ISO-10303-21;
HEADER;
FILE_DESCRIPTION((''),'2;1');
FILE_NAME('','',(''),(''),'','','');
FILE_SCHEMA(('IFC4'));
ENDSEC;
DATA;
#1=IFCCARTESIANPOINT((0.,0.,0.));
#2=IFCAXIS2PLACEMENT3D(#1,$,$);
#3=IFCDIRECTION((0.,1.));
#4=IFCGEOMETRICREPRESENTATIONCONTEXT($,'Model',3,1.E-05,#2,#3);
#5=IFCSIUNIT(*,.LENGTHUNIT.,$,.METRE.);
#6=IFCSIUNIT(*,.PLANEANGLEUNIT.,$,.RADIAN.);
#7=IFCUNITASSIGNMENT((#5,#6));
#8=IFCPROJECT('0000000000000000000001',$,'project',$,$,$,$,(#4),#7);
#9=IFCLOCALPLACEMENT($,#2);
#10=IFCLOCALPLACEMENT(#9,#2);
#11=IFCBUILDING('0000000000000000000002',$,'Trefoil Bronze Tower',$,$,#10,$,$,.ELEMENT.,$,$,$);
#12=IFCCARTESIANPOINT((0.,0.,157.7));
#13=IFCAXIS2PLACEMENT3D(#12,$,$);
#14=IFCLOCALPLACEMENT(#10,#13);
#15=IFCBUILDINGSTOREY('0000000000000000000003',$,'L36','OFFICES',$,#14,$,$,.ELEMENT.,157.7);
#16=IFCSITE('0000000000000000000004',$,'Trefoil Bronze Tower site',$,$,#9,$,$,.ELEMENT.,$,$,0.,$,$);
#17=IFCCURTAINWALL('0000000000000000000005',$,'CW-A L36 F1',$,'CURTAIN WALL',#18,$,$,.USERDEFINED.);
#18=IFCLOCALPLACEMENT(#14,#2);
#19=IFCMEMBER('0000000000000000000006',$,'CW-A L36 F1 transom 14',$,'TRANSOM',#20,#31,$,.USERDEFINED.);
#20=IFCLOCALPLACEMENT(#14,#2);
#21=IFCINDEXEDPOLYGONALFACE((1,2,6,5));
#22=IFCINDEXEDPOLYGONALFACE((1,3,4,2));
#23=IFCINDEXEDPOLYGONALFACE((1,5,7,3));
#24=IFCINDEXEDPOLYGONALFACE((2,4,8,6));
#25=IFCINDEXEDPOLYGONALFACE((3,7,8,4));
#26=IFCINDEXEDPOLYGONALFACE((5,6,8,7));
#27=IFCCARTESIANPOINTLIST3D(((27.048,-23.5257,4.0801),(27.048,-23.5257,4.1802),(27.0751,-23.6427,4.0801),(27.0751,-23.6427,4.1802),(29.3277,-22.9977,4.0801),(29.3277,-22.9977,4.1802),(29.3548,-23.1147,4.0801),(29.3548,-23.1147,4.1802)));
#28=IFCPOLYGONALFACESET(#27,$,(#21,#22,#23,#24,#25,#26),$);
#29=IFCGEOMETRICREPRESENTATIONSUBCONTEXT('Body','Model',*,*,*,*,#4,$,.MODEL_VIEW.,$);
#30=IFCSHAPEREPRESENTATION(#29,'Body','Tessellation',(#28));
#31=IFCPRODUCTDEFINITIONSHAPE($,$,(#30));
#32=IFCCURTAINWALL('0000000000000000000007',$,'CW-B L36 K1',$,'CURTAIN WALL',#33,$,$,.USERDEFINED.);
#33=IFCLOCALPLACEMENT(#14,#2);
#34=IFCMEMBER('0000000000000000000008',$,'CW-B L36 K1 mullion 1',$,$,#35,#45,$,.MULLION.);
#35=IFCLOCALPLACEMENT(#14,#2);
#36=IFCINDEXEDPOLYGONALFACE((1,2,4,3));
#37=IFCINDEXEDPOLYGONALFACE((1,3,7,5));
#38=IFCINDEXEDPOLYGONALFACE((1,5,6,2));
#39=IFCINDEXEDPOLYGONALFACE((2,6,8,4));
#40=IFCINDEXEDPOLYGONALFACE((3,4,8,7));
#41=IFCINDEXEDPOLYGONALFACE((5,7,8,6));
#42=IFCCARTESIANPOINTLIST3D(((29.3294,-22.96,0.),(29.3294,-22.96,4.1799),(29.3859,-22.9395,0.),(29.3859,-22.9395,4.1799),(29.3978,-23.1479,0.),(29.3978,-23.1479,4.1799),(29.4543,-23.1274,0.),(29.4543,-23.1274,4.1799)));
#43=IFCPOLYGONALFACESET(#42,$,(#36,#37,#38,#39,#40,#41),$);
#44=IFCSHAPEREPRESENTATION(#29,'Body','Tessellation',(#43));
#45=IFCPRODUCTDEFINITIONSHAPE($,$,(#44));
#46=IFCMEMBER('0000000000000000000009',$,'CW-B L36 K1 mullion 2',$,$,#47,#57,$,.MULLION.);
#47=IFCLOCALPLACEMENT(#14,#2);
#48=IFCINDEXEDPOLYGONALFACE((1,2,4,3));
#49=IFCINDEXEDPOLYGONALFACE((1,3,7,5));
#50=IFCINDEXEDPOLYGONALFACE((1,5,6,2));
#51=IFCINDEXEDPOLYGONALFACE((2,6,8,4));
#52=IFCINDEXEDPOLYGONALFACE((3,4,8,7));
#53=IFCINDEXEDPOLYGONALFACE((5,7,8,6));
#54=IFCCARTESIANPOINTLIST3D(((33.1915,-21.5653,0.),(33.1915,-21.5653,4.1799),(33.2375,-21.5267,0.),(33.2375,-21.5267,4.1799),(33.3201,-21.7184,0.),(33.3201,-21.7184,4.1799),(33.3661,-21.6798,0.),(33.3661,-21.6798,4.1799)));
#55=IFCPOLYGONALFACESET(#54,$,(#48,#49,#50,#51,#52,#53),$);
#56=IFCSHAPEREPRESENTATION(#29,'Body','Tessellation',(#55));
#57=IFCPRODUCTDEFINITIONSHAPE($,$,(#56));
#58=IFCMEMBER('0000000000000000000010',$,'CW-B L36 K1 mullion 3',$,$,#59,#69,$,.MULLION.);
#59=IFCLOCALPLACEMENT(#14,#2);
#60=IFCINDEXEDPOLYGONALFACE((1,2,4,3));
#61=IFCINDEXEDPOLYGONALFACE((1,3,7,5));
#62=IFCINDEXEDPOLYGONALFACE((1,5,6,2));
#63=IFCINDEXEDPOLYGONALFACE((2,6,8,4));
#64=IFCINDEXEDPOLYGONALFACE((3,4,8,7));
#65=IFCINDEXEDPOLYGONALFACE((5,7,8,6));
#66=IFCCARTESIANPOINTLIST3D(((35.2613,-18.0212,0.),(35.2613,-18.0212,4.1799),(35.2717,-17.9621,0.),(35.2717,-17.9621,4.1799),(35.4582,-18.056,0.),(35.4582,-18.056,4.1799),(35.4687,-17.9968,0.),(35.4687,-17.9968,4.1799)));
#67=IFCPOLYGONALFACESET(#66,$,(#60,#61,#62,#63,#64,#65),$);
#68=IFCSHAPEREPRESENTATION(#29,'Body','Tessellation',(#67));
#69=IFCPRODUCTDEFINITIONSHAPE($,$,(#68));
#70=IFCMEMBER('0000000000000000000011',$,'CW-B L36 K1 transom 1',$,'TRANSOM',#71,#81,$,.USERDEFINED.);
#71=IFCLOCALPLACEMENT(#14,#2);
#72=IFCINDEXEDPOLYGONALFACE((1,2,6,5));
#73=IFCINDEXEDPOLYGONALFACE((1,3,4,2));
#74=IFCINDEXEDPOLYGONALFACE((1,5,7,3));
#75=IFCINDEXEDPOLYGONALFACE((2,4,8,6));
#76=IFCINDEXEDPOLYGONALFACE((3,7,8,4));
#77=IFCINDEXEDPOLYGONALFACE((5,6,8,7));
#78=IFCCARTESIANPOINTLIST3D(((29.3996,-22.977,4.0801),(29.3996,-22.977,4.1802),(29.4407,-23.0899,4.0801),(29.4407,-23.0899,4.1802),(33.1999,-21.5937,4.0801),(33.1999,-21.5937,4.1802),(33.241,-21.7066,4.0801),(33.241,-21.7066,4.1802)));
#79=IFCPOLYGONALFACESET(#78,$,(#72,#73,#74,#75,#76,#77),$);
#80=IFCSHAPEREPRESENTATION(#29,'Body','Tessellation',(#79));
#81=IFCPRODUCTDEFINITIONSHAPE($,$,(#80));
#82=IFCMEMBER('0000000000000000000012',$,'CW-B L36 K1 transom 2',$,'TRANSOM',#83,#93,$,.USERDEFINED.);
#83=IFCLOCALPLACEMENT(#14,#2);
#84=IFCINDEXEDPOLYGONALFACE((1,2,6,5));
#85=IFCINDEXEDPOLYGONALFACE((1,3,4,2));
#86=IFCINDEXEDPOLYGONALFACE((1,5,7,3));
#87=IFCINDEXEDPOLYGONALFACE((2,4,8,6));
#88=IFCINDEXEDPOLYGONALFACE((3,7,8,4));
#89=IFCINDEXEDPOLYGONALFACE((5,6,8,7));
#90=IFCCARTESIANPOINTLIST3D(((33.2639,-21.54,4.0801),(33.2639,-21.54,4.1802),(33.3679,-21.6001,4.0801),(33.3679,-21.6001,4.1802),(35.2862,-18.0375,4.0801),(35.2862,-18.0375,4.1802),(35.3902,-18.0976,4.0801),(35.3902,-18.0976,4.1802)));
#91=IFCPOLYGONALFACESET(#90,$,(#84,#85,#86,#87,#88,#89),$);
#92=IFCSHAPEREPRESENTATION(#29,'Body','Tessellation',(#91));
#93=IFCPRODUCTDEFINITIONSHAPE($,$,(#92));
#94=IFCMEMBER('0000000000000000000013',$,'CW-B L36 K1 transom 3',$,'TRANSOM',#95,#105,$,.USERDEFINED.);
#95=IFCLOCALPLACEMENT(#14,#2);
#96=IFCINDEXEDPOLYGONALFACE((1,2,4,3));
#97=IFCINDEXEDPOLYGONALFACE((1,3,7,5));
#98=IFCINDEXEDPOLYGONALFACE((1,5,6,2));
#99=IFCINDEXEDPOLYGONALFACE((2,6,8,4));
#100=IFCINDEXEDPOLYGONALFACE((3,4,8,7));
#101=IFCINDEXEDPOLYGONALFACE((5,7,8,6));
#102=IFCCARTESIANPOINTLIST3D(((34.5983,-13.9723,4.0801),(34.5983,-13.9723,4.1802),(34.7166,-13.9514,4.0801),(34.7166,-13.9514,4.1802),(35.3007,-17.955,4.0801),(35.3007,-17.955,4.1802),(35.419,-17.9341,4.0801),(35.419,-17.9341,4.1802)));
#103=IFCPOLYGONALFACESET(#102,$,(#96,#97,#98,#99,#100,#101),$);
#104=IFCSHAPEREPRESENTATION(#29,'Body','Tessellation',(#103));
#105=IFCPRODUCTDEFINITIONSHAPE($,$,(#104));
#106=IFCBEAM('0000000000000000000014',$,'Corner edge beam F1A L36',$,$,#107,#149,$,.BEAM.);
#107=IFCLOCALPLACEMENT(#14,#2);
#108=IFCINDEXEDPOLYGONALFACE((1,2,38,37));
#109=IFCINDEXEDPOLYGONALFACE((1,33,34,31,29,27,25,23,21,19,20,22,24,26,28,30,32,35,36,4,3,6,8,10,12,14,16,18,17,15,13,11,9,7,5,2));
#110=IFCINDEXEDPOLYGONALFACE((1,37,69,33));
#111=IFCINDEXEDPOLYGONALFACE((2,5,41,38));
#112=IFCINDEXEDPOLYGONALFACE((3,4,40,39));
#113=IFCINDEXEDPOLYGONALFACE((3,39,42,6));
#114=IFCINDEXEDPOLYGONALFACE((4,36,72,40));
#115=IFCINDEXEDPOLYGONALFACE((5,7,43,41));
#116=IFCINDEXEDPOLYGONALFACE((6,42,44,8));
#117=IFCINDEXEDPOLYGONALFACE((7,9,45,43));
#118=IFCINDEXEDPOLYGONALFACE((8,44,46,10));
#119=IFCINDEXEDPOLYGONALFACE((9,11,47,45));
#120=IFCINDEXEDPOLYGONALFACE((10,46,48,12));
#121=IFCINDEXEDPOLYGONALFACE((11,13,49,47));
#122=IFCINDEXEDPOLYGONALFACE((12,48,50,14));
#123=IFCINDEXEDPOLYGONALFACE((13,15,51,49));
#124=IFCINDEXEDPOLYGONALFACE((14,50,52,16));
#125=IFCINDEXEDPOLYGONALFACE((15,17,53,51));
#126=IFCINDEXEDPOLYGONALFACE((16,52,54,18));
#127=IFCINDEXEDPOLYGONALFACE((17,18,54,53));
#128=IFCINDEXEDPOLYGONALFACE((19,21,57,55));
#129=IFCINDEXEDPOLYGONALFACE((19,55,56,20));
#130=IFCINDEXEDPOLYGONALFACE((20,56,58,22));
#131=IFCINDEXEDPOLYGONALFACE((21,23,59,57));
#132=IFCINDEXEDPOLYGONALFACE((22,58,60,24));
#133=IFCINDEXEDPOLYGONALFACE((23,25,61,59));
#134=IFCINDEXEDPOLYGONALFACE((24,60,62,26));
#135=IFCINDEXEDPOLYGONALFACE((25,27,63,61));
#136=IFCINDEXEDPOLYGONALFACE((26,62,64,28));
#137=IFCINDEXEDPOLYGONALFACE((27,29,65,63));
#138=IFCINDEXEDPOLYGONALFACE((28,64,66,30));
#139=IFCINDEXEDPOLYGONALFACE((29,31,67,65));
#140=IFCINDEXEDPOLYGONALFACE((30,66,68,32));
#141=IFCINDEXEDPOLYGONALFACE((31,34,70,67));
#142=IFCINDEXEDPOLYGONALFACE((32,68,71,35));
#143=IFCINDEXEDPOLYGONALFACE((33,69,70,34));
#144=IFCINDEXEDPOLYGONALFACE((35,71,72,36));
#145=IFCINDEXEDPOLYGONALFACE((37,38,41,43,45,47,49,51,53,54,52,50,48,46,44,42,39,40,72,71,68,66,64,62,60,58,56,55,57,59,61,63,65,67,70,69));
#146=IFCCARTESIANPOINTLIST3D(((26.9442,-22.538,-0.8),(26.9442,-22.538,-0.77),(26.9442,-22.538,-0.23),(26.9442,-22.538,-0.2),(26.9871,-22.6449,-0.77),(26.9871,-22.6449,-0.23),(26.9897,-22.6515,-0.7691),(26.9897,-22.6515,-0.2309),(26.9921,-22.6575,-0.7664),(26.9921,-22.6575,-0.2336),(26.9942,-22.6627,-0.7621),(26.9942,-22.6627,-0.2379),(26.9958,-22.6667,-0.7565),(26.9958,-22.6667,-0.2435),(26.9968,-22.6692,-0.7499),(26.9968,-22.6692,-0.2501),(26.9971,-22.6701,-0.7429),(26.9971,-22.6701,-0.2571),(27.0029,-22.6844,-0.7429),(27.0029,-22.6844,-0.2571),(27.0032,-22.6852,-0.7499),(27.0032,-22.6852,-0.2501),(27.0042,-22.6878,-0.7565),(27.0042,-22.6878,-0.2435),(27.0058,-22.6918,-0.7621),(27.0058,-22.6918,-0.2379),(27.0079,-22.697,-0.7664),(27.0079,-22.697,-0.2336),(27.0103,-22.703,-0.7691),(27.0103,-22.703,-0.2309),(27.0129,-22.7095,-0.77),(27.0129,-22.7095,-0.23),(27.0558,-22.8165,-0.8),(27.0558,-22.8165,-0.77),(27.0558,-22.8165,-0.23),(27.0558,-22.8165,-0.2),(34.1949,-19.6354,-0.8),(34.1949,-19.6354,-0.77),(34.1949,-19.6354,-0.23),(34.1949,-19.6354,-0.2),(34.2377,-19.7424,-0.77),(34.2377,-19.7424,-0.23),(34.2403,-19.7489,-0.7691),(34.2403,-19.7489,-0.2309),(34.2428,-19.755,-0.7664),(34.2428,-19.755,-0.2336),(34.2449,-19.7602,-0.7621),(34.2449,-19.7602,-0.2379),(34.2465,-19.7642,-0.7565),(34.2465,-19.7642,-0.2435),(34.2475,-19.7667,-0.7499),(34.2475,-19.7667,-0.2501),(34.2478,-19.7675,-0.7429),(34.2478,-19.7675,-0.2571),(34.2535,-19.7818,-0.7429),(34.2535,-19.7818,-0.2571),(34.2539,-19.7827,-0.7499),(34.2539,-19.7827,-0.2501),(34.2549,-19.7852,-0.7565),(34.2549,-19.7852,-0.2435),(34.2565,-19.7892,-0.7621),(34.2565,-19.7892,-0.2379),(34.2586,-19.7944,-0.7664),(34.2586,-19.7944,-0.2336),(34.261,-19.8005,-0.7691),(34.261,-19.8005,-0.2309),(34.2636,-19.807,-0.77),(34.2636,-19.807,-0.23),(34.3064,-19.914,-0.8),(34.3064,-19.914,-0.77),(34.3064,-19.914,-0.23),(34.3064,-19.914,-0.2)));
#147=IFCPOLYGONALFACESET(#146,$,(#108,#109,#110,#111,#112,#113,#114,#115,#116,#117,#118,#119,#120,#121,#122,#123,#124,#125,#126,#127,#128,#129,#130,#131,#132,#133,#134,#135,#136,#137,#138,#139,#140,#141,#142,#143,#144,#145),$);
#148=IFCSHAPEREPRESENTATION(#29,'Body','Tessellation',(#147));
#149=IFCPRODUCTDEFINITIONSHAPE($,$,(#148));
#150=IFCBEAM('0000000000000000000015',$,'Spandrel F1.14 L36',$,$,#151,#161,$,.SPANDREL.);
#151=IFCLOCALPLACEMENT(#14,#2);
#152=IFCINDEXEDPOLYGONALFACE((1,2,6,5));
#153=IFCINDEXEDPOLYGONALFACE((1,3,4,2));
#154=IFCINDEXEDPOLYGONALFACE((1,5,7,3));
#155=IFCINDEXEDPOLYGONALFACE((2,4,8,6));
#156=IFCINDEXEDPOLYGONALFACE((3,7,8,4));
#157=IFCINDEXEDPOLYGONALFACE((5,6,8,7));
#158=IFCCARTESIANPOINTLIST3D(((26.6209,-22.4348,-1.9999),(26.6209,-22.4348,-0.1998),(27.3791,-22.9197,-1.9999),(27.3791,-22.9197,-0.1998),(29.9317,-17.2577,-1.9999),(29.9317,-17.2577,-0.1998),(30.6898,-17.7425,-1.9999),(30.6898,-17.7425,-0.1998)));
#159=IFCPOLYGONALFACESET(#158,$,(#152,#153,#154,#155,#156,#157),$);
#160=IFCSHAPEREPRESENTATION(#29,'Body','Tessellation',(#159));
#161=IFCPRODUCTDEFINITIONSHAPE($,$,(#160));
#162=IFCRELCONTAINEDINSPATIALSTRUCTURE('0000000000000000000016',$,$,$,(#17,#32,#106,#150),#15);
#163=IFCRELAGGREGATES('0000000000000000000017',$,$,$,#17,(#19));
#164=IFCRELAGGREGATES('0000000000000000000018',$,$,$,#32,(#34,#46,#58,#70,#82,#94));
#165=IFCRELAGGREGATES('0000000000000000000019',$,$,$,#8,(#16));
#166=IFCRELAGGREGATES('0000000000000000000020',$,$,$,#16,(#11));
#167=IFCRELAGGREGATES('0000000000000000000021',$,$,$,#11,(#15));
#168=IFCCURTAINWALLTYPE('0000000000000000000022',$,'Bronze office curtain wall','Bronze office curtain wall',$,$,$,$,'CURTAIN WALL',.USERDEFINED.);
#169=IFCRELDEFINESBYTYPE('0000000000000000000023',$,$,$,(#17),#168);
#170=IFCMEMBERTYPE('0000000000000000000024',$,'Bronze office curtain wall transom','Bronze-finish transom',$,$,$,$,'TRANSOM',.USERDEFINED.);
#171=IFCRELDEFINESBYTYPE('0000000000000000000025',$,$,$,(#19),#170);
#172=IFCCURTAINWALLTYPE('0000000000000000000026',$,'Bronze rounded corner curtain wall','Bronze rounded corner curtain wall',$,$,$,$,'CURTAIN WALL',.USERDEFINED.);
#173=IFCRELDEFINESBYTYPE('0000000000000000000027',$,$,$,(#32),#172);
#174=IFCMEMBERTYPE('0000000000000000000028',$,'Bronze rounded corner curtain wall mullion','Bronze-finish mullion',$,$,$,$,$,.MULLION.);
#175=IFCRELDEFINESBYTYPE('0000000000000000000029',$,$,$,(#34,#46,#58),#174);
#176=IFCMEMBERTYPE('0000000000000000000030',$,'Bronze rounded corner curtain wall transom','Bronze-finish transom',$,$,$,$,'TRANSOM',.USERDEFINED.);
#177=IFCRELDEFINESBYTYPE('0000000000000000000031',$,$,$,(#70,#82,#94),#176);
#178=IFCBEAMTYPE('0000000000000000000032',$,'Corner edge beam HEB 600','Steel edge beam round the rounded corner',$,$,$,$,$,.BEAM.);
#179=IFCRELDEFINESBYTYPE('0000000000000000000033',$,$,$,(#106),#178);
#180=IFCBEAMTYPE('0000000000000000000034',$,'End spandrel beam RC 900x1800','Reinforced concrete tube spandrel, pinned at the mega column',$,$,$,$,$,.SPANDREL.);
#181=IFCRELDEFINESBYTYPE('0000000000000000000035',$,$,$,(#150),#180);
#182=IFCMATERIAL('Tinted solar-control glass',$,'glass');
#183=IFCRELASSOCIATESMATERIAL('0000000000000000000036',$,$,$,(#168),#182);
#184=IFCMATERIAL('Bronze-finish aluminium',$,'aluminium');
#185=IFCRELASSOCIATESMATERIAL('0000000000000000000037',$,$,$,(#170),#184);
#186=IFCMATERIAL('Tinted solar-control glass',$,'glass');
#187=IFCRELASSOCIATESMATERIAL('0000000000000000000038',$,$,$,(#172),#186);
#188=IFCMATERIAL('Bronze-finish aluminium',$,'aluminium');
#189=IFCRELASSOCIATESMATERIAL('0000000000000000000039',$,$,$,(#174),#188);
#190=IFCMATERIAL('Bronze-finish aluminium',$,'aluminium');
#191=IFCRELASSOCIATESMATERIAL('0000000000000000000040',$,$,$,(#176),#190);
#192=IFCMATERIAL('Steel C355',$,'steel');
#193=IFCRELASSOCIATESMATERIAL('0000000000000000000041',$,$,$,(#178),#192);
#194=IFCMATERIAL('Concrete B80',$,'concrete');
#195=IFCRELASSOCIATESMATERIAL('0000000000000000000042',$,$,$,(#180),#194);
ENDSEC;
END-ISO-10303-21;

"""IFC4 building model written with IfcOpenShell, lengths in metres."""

from ifc_helpers import new_model, si_unit, direction, frame, origin, origin_2d, place, context, subcontext, project, spatial, rectangle, i_section, extrude, material, material_profile, profile_set, type_object, element, aggregate, save


model = new_model("IFC4")

# Units and contexts
model_context = context("Model", 3, precision=1e-05, world=origin(), true_north=direction((0.0, 1.0)))
body_context = subcontext(model_context, "Body", "Model", "MODEL_VIEW")
ifc_project = project(units=[si_unit("LENGTHUNIT", "METRE"), si_unit("PLANEANGLEUNIT", "RADIAN")], contexts=[model_context])

# Site, building, storey
site_placement = place(None, origin())
site = spatial("IfcSite", under=ifc_project, at=site_placement, Name="Trefoil Bronze Tower site", CompositionType="ELEMENT", RefElevation=0.0)
building_placement = place(site_placement, origin())
building = spatial("IfcBuilding", under=site, at=building_placement, Name="Trefoil Bronze Tower", CompositionType="ELEMENT")
storey_placement = place(building_placement, frame((0.0, 0.0, 157.7)))
storey = spatial("IfcBuildingStorey", under=building, at=storey_placement, Name="L36", Description="OFFICES", CompositionType="ELEMENT", Elevation=157.7)

# Curtain walls, members
ifc_material_1 = material(Name="Tinted solar-control glass", Category="glass")
curtain_wall_type_1 = type_object("IfcCurtainWallType", Name="Bronze office curtain wall", Description="Bronze office curtain wall", ElementType="CURTAIN WALL", PredefinedType="USERDEFINED", material=ifc_material_1)
curtain_wall_1_placement = place(storey_placement, origin())
curtain_wall_1 = element("IfcCurtainWall", 1, at=curtain_wall_1_placement, inside=storey, type_object=curtain_wall_type_1, Name="CW-A L36 F1", ObjectType="CURTAIN WALL", PredefinedType="USERDEFINED")
ifc_material_2 = material(Name="Bronze-finish aluminium", Category="aluminium")
ifc_material_profile_1 = material_profile(ifc_material_2, rectangle(XDim=0.1201, YDim=0.1001, at=origin_2d()), Name="CW-A transom")
ifc_profile_set_1 = profile_set([ifc_material_profile_1], Name="Bronze-finish aluminium")
member_type_1 = type_object("IfcMemberType", Name="Bronze office curtain wall transom", Description="Bronze-finish transom", ElementType="TRANSOM", PredefinedType="USERDEFINED", material=ifc_profile_set_1)
member_1_placement = place(storey_placement, frame((27.0615, -23.5842, 4.1301), z_axis=(0.974206, 0.225659, 0.0), x_axis=(-0.225659, 0.974206, 0.0)))
member_1 = element("IfcMember", 2, at=member_1_placement, type_object=member_type_1, Name="CW-A L36 F1 transom 14", ObjectType="TRANSOM", PredefinedType="USERDEFINED", context=body_context, shape_type="SweptSolid", body=[
    extrude(rectangle(XDim=0.1201, YDim=0.1001, at=origin_2d()), origin(), (0.0, 0.0, 1.0), 2.3401),
])
ifc_material_3 = material(Name="Tinted solar-control glass", Category="glass")
curtain_wall_type_2 = type_object("IfcCurtainWallType", Name="Bronze rounded corner curtain wall", Description="Bronze rounded corner curtain wall", ElementType="CURTAIN WALL", PredefinedType="USERDEFINED", material=ifc_material_3)
curtain_wall_2_placement = place(storey_placement, origin())
curtain_wall_2 = element("IfcCurtainWall", 3, at=curtain_wall_2_placement, inside=storey, type_object=curtain_wall_type_2, Name="CW-B L36 K1", ObjectType="CURTAIN WALL", PredefinedType="USERDEFINED")
ifc_material_4 = material(Name="Bronze-finish aluminium", Category="aluminium")
ifc_material_profile_2 = material_profile(ifc_material_4, rectangle(XDim=0.2, YDim=0.0601, at=origin_2d()), Name="CW-B mullion")
ifc_profile_set_2 = profile_set([ifc_material_profile_2], Name="Bronze-finish aluminium")
member_type_2 = type_object("IfcMemberType", Name="Bronze rounded corner curtain wall mullion", Description="Bronze-finish mullion", PredefinedType="MULLION", material=ifc_profile_set_2)
member_2_placement = place(storey_placement, frame((29.3918, -23.0437, 0.0), z_axis=(0.0, 0.0, 1.0), x_axis=(-0.34202, 0.939693, 0.0)))
member_2 = element("IfcMember", 4, at=member_2_placement, type_object=member_type_2, Name="CW-B L36 K1 mullion 1", PredefinedType="MULLION", context=body_context, shape_type="SweptSolid", body=[
    extrude(rectangle(XDim=0.2, YDim=0.0601, at=origin_2d()), origin(), (0.0, 0.0, 1.0), 4.1799),
])
member_3_placement = place(storey_placement, frame((33.2788, -21.6226, 0.0), z_axis=(0.0, 0.0, 1.0), x_axis=(-0.642788, 0.766044, 0.0)))
member_3 = element("IfcMember", 5, at=member_3_placement, type_object=member_type_2, Name="CW-B L36 K1 mullion 2", PredefinedType="MULLION", context=body_context, shape_type="SweptSolid", body=[
    extrude(rectangle(XDim=0.2, YDim=0.0601, at=origin_2d()), origin(), (0.0, 0.0, 1.0), 4.1799),
])
member_4_placement = place(storey_placement, frame((35.365, -18.009, 0.0), z_axis=(0.0, 0.0, 1.0), x_axis=(-0.984808, 0.173648, 0.0)))
member_4 = element("IfcMember", 6, at=member_4_placement, type_object=member_type_2, Name="CW-B L36 K1 mullion 3", PredefinedType="MULLION", context=body_context, shape_type="SweptSolid", body=[
    extrude(rectangle(XDim=0.2, YDim=0.0601, at=origin_2d()), origin(), (0.0, 0.0, 1.0), 4.1799),
])
ifc_material_5 = material(Name="Bronze-finish aluminium", Category="aluminium")
ifc_material_profile_3 = material_profile(ifc_material_5, rectangle(XDim=0.1201, YDim=0.1001, at=origin_2d()), Name="CW-B transom")
ifc_profile_set_3 = profile_set([ifc_material_profile_3], Name="Bronze-finish aluminium")
member_type_3 = type_object("IfcMemberType", Name="Bronze rounded corner curtain wall transom", Description="Bronze-finish transom", ElementType="TRANSOM", PredefinedType="USERDEFINED", material=ifc_profile_set_3)
member_5_placement = place(storey_placement, frame((29.4202, -23.0334, 4.1301), z_axis=(0.939684, 0.342044, 0.0), x_axis=(-0.342044, 0.939684, 0.0)))
member_5 = element("IfcMember", 7, at=member_5_placement, type_object=member_type_3, Name="CW-B L36 K1 transom 1", ObjectType="TRANSOM", PredefinedType="USERDEFINED", context=body_context, shape_type="SweptSolid", body=[
    extrude(rectangle(XDim=0.1201, YDim=0.1001, at=origin_2d()), origin(), (0.0, 0.0, 1.0), 4.0442),
])
member_6_placement = place(storey_placement, frame((33.3159, -21.5701, 4.1301), z_axis=(0.500015, 0.866017, 0.0), x_axis=(-0.866017, 0.500015, 0.0)))
member_6 = element("IfcMember", 8, at=member_6_placement, type_object=member_type_3, Name="CW-B L36 K1 transom 2", ObjectType="TRANSOM", PredefinedType="USERDEFINED", context=body_context, shape_type="SweptSolid", body=[
    extrude(rectangle(XDim=0.1201, YDim=0.1001, at=origin_2d()), origin(), (0.0, 0.0, 1.0), 4.0444),
])
member_7_placement = place(storey_placement, frame((35.3599, -17.9446, 4.1301), z_axis=(-0.173682, 0.984802, 0.0), x_axis=(-0.984802, -0.173682, 0.0)))
member_7 = element("IfcMember", 9, at=member_7_placement, type_object=member_type_3, Name="CW-B L36 K1 transom 3", ObjectType="TRANSOM", PredefinedType="USERDEFINED", context=body_context, shape_type="SweptSolid", body=[
    extrude(rectangle(XDim=0.1201, YDim=0.1001, at=origin_2d()), origin(), (0.0, 0.0, 1.0), 4.0442),
])

# Beams
ifc_material_6 = material(Name="Steel C355", Category="steel")
ifc_material_profile_4 = material_profile(ifc_material_6, i_section(OverallWidth=0.3, OverallDepth=0.6001, WebThickness=0.0154, FlangeThickness=0.03, FilletRadius=0.0271, at=origin_2d()), Name="HEB 600")
ifc_profile_set_4 = profile_set([ifc_material_profile_4], Name="Steel C355")
beam_type_1 = type_object("IfcBeamType", Name="Corner edge beam HEB 600", Description="Steel edge beam round the rounded corner", PredefinedType="BEAM", material=ifc_profile_set_4)
beam_1_placement = place(storey_placement, frame((27.0, -22.6772, -0.5), z_axis=(0.928375, 0.371644, 0.0), x_axis=(-0.371644, 0.928375, 0.0)))
element("IfcBeam", 10, at=beam_1_placement, inside=storey, type_object=beam_type_1, Name="Corner edge beam F1A L36", PredefinedType="BEAM", context=body_context, shape_type="SweptSolid", body=[
    extrude(i_section(OverallWidth=0.3, OverallDepth=0.6001, WebThickness=0.0154, FlangeThickness=0.03, FilletRadius=0.0271, at=origin_2d()), origin(), (0.0, 0.0, 1.0), 7.8101),
])
ifc_material_7 = material(Name="Concrete B80", Category="concrete")
ifc_material_profile_5 = material_profile(ifc_material_7, rectangle(XDim=0.8999, YDim=1.8, at=origin_2d()), Name="RC 900x1800")
ifc_profile_set_5 = profile_set([ifc_material_profile_5], Name="Concrete B80")
beam_type_2 = type_object("IfcBeamType", Name="End spandrel beam RC 900x1800", Description="Reinforced concrete tube spandrel, pinned at the mega column", PredefinedType="SPANDREL", material=ifc_profile_set_5)
beam_2_placement = place(storey_placement, frame((27.0, -22.6772, -1.0999), z_axis=(0.538748, 0.842467, 0.0), x_axis=(-0.842467, 0.538748, 0.0)))
element("IfcBeam", 11, at=beam_2_placement, inside=storey, type_object=beam_type_2, Name="Spandrel F1.14 L36", PredefinedType="SPANDREL", context=body_context, shape_type="SweptSolid", body=[
    extrude(rectangle(XDim=0.8999, YDim=1.8, at=origin_2d()), origin(), (0.0, 0.0, 1.0), 6.1453),
])

aggregate(curtain_wall_1, [member_1])
aggregate(curtain_wall_2, [member_2, member_3, member_4, member_5, member_6, member_7])

save(model, "model.ifc")
